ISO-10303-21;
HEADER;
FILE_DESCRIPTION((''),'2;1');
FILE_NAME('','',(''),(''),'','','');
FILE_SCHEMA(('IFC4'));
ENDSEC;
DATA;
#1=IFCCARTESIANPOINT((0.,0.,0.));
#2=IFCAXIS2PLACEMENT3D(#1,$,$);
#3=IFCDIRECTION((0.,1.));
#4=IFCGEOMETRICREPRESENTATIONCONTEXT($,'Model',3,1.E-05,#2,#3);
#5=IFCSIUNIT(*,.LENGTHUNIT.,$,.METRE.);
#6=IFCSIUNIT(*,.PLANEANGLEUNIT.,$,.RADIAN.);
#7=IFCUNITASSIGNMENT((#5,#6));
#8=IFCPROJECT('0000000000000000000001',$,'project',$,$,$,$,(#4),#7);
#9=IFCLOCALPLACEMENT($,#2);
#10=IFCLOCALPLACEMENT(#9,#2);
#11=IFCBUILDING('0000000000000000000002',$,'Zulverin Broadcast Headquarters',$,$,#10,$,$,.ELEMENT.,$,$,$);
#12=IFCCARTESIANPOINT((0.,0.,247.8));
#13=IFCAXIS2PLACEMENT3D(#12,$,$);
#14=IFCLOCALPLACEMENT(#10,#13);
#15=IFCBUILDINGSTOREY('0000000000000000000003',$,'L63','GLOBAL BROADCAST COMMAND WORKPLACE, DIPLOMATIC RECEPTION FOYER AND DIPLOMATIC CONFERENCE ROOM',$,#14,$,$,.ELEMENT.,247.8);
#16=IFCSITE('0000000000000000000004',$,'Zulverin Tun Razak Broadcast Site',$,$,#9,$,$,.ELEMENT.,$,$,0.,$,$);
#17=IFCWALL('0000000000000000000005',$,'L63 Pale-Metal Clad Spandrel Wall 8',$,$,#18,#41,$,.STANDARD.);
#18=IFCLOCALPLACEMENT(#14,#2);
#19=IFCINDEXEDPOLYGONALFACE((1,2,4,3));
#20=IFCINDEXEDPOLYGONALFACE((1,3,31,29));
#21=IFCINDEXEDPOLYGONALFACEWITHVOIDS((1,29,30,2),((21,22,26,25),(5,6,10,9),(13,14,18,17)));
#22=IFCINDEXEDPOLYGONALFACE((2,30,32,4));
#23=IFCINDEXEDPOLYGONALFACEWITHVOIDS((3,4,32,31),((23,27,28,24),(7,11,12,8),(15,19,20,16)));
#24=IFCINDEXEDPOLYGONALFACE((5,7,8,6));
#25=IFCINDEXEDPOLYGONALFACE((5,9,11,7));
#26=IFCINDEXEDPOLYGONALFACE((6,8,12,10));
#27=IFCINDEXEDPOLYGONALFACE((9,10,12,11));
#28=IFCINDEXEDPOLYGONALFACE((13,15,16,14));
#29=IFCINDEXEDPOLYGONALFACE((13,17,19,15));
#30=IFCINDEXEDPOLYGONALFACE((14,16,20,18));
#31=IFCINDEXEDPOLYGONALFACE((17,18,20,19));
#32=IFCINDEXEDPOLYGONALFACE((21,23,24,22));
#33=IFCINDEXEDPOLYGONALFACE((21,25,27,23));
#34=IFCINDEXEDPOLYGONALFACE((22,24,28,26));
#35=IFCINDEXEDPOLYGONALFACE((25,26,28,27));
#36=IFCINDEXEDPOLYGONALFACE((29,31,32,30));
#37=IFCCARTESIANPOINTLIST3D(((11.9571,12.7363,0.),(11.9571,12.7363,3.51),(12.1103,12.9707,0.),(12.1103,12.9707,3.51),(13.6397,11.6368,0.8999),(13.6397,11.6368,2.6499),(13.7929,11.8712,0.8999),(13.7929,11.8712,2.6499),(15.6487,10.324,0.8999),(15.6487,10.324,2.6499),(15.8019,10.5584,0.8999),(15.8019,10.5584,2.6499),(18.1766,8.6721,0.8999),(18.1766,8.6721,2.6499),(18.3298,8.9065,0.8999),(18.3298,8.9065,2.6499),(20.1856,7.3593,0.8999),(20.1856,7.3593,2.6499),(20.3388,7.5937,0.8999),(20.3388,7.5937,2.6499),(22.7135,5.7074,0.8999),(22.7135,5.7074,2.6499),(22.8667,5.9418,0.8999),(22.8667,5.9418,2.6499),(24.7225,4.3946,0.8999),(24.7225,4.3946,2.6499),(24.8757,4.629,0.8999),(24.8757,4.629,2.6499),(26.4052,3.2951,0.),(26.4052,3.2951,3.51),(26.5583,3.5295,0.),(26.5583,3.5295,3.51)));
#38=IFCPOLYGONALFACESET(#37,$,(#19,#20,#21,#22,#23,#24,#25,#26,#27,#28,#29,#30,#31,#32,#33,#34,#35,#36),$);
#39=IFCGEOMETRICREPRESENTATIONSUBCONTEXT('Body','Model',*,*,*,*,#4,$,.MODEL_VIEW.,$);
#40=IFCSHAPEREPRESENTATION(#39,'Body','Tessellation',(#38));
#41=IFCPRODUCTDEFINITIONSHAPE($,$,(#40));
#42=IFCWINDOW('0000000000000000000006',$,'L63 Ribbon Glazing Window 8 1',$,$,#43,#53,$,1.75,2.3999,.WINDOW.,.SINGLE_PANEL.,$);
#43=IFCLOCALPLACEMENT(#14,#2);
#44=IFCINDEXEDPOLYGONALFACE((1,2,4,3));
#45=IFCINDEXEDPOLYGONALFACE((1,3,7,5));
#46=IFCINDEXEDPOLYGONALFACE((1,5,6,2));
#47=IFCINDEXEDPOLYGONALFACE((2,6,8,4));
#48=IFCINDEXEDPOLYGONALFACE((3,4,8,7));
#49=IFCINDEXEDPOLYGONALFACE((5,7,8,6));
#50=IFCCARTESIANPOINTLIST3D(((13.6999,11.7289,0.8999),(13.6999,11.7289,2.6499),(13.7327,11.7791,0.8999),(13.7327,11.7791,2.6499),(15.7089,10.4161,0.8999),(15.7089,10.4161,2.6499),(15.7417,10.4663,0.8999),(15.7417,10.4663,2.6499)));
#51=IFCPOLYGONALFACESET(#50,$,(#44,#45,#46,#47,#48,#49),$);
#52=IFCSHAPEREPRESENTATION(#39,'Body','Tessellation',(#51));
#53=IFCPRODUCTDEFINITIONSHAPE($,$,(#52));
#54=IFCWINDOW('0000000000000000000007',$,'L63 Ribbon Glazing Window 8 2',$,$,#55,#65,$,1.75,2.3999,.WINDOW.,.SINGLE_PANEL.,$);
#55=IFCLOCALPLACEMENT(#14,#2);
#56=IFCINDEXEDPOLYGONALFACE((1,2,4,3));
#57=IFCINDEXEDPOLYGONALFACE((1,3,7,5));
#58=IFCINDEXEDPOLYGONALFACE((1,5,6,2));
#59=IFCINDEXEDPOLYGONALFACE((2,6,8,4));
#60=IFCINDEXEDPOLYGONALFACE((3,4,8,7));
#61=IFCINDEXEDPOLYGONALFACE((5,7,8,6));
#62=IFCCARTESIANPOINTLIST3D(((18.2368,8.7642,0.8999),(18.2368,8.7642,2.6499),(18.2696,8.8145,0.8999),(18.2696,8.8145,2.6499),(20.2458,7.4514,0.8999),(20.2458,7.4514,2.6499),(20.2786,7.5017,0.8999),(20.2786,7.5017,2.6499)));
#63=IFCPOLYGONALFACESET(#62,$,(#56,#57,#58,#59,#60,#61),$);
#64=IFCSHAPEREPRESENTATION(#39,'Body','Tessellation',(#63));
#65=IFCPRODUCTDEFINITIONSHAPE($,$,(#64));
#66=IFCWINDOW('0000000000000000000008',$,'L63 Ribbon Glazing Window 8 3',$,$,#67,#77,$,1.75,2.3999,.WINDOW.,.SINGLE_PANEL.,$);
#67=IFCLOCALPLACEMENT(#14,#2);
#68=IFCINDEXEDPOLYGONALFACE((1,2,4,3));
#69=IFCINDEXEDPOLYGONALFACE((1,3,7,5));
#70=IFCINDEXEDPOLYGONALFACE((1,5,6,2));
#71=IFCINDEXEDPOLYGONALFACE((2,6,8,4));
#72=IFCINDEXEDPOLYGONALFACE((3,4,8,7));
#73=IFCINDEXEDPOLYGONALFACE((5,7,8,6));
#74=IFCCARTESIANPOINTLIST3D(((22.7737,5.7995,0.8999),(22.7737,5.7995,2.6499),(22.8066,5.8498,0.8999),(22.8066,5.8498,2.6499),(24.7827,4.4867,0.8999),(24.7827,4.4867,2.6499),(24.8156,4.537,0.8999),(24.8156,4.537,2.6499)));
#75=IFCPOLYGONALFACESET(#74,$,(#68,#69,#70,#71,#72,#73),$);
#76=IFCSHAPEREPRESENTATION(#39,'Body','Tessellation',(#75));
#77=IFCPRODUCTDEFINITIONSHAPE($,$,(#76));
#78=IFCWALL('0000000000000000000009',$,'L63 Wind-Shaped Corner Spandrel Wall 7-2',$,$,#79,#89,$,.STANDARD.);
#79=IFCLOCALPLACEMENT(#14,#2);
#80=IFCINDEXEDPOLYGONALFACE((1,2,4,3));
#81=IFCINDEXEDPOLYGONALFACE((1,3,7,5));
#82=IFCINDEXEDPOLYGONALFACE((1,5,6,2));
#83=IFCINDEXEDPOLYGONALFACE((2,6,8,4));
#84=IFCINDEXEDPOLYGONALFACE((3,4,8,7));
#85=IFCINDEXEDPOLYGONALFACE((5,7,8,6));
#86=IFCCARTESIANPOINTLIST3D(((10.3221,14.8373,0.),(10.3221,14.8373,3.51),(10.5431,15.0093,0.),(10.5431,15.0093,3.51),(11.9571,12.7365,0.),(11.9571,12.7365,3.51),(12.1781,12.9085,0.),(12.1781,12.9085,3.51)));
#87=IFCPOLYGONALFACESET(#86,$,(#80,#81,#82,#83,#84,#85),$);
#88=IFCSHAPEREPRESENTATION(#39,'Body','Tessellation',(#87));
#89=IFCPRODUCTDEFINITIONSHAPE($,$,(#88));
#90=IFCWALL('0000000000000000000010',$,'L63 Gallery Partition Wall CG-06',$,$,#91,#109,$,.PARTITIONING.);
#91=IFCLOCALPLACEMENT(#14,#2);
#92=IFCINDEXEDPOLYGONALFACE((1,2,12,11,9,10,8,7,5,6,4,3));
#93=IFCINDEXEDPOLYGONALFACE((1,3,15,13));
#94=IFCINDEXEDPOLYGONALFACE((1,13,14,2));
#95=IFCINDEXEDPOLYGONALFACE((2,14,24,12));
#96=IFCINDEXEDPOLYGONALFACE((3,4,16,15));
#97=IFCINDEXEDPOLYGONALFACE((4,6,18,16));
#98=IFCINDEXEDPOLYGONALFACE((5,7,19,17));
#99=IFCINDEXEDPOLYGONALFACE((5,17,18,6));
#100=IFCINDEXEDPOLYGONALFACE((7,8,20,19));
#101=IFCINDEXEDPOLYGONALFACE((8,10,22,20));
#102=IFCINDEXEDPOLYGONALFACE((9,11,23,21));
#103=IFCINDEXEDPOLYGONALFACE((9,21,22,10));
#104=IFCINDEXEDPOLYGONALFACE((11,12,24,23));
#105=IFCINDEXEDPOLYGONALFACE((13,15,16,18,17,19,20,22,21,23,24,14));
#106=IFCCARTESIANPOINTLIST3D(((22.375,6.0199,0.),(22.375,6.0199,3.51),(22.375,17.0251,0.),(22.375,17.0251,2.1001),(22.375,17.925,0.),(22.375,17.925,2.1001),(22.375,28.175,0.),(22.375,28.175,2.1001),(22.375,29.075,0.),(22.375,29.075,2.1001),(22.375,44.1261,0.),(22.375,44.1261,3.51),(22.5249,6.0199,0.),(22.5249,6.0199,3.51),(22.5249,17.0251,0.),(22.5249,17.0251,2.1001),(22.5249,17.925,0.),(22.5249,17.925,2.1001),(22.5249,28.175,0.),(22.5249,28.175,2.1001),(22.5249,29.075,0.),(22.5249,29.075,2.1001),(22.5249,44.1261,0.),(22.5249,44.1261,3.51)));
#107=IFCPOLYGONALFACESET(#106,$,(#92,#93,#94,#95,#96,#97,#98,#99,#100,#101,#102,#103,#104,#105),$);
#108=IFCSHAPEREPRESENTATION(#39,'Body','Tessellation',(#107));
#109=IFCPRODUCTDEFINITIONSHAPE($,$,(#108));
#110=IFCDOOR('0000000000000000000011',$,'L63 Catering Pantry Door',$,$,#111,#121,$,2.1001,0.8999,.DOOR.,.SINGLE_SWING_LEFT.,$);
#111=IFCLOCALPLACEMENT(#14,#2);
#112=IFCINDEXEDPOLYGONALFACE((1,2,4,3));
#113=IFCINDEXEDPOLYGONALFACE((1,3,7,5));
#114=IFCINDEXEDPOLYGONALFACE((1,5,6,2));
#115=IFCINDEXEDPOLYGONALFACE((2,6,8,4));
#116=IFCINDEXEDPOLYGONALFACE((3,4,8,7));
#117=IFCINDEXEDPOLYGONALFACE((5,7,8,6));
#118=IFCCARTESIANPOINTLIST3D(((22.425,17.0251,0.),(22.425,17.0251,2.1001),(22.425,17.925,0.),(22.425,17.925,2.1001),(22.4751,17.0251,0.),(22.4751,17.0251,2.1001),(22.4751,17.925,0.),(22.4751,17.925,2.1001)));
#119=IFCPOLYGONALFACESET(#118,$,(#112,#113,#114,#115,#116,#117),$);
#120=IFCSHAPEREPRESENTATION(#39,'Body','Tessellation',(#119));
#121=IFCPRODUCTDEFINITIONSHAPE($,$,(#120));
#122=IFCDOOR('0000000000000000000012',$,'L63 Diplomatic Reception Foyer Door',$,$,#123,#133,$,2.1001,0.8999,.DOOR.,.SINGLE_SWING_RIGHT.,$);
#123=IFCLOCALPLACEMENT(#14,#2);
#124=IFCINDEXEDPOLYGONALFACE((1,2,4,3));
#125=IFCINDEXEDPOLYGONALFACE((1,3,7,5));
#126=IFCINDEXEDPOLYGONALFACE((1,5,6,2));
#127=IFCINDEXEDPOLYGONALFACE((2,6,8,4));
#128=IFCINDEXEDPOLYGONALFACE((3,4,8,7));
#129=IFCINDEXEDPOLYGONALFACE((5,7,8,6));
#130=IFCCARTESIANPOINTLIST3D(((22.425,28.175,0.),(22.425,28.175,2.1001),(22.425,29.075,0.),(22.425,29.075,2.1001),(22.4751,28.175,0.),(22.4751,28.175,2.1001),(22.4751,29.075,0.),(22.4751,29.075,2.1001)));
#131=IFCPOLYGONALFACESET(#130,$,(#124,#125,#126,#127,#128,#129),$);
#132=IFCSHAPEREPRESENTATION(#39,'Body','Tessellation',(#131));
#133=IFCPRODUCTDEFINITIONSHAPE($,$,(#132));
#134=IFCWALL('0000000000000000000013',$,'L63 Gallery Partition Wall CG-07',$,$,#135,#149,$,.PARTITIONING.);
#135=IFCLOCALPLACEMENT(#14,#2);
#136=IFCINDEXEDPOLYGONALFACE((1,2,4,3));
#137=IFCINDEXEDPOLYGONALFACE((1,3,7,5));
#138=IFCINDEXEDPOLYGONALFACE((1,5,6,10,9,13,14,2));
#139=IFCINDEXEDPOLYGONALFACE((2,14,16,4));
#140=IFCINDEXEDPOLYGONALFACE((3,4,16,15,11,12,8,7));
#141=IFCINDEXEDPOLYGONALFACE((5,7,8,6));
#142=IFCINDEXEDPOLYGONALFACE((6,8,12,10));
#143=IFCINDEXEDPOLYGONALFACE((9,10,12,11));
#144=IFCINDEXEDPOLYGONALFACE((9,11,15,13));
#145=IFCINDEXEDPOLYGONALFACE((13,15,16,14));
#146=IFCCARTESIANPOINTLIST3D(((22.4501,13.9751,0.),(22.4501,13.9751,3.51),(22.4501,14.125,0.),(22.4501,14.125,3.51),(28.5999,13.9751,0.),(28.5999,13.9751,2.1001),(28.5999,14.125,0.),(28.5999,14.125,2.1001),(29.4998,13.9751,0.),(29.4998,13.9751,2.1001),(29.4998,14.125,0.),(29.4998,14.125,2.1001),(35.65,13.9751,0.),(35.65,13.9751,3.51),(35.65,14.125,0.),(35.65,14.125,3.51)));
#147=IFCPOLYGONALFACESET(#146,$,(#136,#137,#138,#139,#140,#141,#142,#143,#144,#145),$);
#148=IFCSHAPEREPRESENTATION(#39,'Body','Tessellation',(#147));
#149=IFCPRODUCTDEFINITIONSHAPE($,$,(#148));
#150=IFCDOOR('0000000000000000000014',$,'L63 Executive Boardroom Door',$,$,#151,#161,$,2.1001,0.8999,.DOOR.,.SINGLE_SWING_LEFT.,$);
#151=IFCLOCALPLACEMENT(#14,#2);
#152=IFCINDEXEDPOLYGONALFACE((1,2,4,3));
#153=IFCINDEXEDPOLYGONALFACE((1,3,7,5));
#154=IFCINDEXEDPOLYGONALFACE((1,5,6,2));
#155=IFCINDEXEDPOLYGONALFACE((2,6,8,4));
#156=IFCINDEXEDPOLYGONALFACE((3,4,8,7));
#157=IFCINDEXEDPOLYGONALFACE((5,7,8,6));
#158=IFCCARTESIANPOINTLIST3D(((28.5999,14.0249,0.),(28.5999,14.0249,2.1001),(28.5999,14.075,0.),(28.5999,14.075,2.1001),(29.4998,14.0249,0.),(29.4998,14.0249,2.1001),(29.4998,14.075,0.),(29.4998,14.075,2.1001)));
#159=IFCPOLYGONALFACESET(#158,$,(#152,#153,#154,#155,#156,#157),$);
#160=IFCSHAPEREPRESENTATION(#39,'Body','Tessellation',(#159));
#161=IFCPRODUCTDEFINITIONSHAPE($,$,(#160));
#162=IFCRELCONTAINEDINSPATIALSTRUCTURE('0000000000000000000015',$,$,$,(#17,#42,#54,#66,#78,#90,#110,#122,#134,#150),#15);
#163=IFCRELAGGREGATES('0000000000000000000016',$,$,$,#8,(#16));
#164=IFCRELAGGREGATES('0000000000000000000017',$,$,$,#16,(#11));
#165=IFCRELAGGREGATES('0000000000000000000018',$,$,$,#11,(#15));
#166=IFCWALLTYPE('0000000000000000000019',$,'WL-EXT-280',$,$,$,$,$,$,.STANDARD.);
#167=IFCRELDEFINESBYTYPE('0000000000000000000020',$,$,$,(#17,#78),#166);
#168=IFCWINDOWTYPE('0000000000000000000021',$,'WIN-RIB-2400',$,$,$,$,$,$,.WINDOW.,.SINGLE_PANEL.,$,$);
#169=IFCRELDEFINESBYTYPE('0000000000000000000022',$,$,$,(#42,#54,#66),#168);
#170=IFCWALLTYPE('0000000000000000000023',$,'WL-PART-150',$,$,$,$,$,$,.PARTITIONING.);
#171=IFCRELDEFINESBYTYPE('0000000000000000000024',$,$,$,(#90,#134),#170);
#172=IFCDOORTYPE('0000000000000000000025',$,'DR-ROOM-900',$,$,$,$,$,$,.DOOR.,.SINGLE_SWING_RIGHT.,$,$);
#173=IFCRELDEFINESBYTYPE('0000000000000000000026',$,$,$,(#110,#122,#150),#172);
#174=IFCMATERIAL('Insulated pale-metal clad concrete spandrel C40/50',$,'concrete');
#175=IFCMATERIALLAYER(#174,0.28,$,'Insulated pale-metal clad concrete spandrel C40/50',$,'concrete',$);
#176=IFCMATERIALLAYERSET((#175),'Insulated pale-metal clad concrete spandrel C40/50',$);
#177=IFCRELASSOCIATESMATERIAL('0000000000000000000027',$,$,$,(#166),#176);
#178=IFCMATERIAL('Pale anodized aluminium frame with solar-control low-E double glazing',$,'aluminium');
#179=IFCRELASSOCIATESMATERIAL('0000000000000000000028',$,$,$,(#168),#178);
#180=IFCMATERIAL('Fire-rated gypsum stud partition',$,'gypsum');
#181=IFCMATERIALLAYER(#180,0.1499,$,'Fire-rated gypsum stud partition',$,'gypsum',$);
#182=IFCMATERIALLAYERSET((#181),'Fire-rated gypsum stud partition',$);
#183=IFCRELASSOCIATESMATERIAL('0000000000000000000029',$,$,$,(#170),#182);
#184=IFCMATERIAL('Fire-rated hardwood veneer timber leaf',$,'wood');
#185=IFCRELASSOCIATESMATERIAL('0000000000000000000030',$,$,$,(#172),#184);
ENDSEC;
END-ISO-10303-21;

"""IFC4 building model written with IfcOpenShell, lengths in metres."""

from ifc_helpers import new_model, si_unit, direction, frame, frame_2d, origin, place, context, subcontext, project, spatial, rectangle, extrude, material, layer, layer_set, type_object, element, fill, save


model = new_model("IFC4")

# Units and contexts
model_context = context("Model", 3, precision=1e-05, world=origin(), true_north=direction((0.0, 1.0)))
body_context = subcontext(model_context, "Body", "Model", "MODEL_VIEW")
ifc_project = project(units=[si_unit("LENGTHUNIT", "METRE"), si_unit("PLANEANGLEUNIT", "RADIAN")], contexts=[model_context])

# Site, building, storey
site_placement = place(None, origin())
site = spatial("IfcSite", under=ifc_project, at=site_placement, Name="Zulverin Tun Razak Broadcast Site", CompositionType="ELEMENT", RefElevation=0.0)
building_placement = place(site_placement, origin())
building = spatial("IfcBuilding", under=site, at=building_placement, Name="Zulverin Broadcast Headquarters", CompositionType="ELEMENT")
storey_placement = place(building_placement, frame((0.0, 0.0, 247.8)))
storey = spatial("IfcBuildingStorey", under=building, at=storey_placement, Name="L63", Description="GLOBAL BROADCAST COMMAND WORKPLACE, DIPLOMATIC RECEPTION FOYER AND DIPLOMATIC CONFERENCE ROOM", CompositionType="ELEMENT", Elevation=247.8)

# Wall, openings, windows
ifc_material_1 = material(Name="Insulated pale-metal clad concrete spandrel C40/50", Category="concrete")
ifc_layer_1 = layer(ifc_material_1, 0.28, Name="Insulated pale-metal clad concrete spandrel C40/50", Category="concrete")
ifc_layer_set_1 = layer_set([ifc_layer_1], Name="Insulated pale-metal clad concrete spandrel C40/50")
wall_type_1 = type_object("IfcWallType", Name="WL-EXT-280", PredefinedType="STANDARD", material=ifc_layer_set_1)
wall_1_placement = place(storey_placement, frame((12.0337, 12.8535, 0.0), z_axis=(0.0, 0.0, 1.0), x_axis=(0.837118, -0.547022, 0.0)))
wall_1 = element("IfcWall", 1, at=wall_1_placement, inside=storey, type_object=wall_type_1, Name="L63 Pale-Metal Clad Spandrel Wall 8", PredefinedType="STANDARD", context=body_context, shape_type="SweptSolid", body=[
    extrude(rectangle(XDim=17.2593, YDim=0.28, at=frame_2d((8.6296, 0.0))), origin(), (0.0, 0.0, 1.0), 3.51),
])
opening_1_placement = place(wall_1_placement, frame((2.01, 0.0, 0.8999)))
opening_1 = element("IfcOpeningElement", 2, at=opening_1_placement, cuts=wall_1, PredefinedType="OPENING", context=body_context, shape_type="SweptSolid", body=[
    extrude(rectangle(XDim=2.3999, YDim=1.75, at=frame_2d((1.2, 0.875))), frame((0.0, 0.1499, 0.0), z_axis=(0.0, -1.0, 0.0), x_axis=(1.0, 0.0, 0.0)), (0.0, 0.0, 1.0), 0.3),
])
opening_2_placement = place(wall_1_placement, frame((7.4297, 0.0, 0.8999)))
opening_2 = element("IfcOpeningElement", 3, at=opening_2_placement, cuts=wall_1, PredefinedType="OPENING", context=body_context, shape_type="SweptSolid", body=[
    extrude(rectangle(XDim=2.3999, YDim=1.75, at=frame_2d((1.2, 0.875))), frame((0.0, 0.1499, 0.0), z_axis=(0.0, -1.0, 0.0), x_axis=(1.0, 0.0, 0.0)), (0.0, 0.0, 1.0), 0.3),
])
opening_3_placement = place(wall_1_placement, frame((12.8494, 0.0, 0.8999)))
opening_3 = element("IfcOpeningElement", 4, at=opening_3_placement, cuts=wall_1, PredefinedType="OPENING", context=body_context, shape_type="SweptSolid", body=[
    extrude(rectangle(XDim=2.3999, YDim=1.75, at=frame_2d((1.2, 0.875))), frame((0.0, 0.1499, 0.0), z_axis=(0.0, -1.0, 0.0), x_axis=(1.0, 0.0, 0.0)), (0.0, 0.0, 1.0), 0.3),
])
ifc_material_2 = material(Name="Pale anodized aluminium frame with solar-control low-E double glazing", Category="aluminium")
window_type = type_object("IfcWindowType", Name="WIN-RIB-2400", PartitioningType="SINGLE_PANEL", PredefinedType="WINDOW", material=ifc_material_2)
window_1_placement = place(opening_1_placement, origin())
window_1 = element("IfcWindow", 5, at=window_1_placement, inside=storey, type_object=window_type, Name="L63 Ribbon Glazing Window 8 1", OverallHeight=1.75, OverallWidth=2.3999, PartitioningType="SINGLE_PANEL", PredefinedType="WINDOW", context=body_context, shape_type="SweptSolid", body=[
    extrude(rectangle(XDim=2.3999, YDim=1.75, at=frame_2d((1.2, 0.875))), frame((0.0, 0.03, 0.0), z_axis=(0.0, -1.0, 0.0), x_axis=(1.0, 0.0, 0.0)), (0.0, 0.0, 1.0), 0.0601),
])
fill(opening_1, window_1)
window_2_placement = place(opening_2_placement, origin())
window_2 = element("IfcWindow", 6, at=window_2_placement, inside=storey, type_object=window_type, Name="L63 Ribbon Glazing Window 8 2", OverallHeight=1.75, OverallWidth=2.3999, PartitioningType="SINGLE_PANEL", PredefinedType="WINDOW", context=body_context, shape_type="SweptSolid", body=[
    extrude(rectangle(XDim=2.3999, YDim=1.75, at=frame_2d((1.2, 0.875))), frame((0.0, 0.03, 0.0), z_axis=(0.0, -1.0, 0.0), x_axis=(1.0, 0.0, 0.0)), (0.0, 0.0, 1.0), 0.0601),
])
fill(opening_2, window_2)
window_3_placement = place(opening_3_placement, origin())
window_3 = element("IfcWindow", 7, at=window_3_placement, inside=storey, type_object=window_type, Name="L63 Ribbon Glazing Window 8 3", OverallHeight=1.75, OverallWidth=2.3999, PartitioningType="SINGLE_PANEL", PredefinedType="WINDOW", context=body_context, shape_type="SweptSolid", body=[
    extrude(rectangle(XDim=2.3999, YDim=1.75, at=frame_2d((1.2, 0.875))), frame((0.0, 0.03, 0.0), z_axis=(0.0, -1.0, 0.0), x_axis=(1.0, 0.0, 0.0)), (0.0, 0.0, 1.0), 0.0601),
])
fill(opening_3, window_3)

# Wall
wall_2_placement = place(storey_placement, frame((10.4326, 14.9233, 0.0), z_axis=(0.0, 0.0, 1.0), x_axis=(0.614182, -0.789165, 0.0)))
element("IfcWall", 8, at=wall_2_placement, inside=storey, type_object=wall_type_1, Name="L63 Wind-Shaped Corner Spandrel Wall 7-2", PredefinedType="STANDARD", context=body_context, shape_type="SweptSolid", body=[
    extrude(rectangle(XDim=2.6621, YDim=0.28, at=frame_2d((1.3311, 0.0))), origin(), (0.0, 0.0, 1.0), 3.51),
])

# Wall, openings, doors
ifc_material_3 = material(Name="Fire-rated gypsum stud partition", Category="gypsum")
ifc_layer_2 = layer(ifc_material_3, 0.1499, Name="Fire-rated gypsum stud partition", Category="gypsum")
ifc_layer_set_2 = layer_set([ifc_layer_2], Name="Fire-rated gypsum stud partition")
wall_type_2 = type_object("IfcWallType", Name="WL-PART-150", PredefinedType="PARTITIONING", material=ifc_layer_set_2)
wall_3_placement = place(storey_placement, frame((22.45, 6.0198, 0.0), z_axis=(0.0, 0.0, 1.0), x_axis=(0.0, 1.0, 0.0)))
wall_3 = element("IfcWall", 9, at=wall_3_placement, inside=storey, type_object=wall_type_2, Name="L63 Gallery Partition Wall CG-06", PredefinedType="PARTITIONING", context=body_context, shape_type="SweptSolid", body=[
    extrude(rectangle(XDim=38.1062, YDim=0.1499, at=frame_2d((19.0532, 0.0))), origin(), (0.0, 0.0, 1.0), 3.51),
])
opening_4_placement = place(wall_3_placement, frame((11.0054, 0.0, 0.0)))
opening_4 = element("IfcOpeningElement", 10, at=opening_4_placement, cuts=wall_3, PredefinedType="OPENING", context=body_context, shape_type="SweptSolid", body=[
    extrude(rectangle(XDim=0.8999, YDim=2.1001, at=frame_2d((0.45, 1.05))), frame((0.0, 0.085, 0.0), z_axis=(0.0, -1.0, 0.0), x_axis=(1.0, 0.0, 0.0)), (0.0, 0.0, 1.0), 0.1699),
])
opening_5_placement = place(wall_3_placement, frame((22.1553, 0.0, 0.0)))
opening_5 = element("IfcOpeningElement", 11, at=opening_5_placement, cuts=wall_3, PredefinedType="OPENING", context=body_context, shape_type="SweptSolid", body=[
    extrude(rectangle(XDim=0.8999, YDim=2.1001, at=frame_2d((0.45, 1.05))), frame((0.0, 0.085, 0.0), z_axis=(0.0, -1.0, 0.0), x_axis=(1.0, 0.0, 0.0)), (0.0, 0.0, 1.0), 0.1699),
])
ifc_material_4 = material(Name="Fire-rated hardwood veneer timber leaf", Category="wood")
door_type_1 = type_object("IfcDoorType", Name="DR-ROOM-900", OperationType="SINGLE_SWING_RIGHT", PredefinedType="DOOR", material=ifc_material_4)
door_1_placement = place(opening_4_placement, origin())
door_1 = element("IfcDoor", 12, at=door_1_placement, inside=storey, type_object=door_type_1, Name="L63 Catering Pantry Door", OperationType="SINGLE_SWING_LEFT", OverallHeight=2.1001, OverallWidth=0.8999, PredefinedType="DOOR", context=body_context, shape_type="SweptSolid", body=[
    extrude(rectangle(XDim=0.8999, YDim=2.1001, at=frame_2d((0.45, 1.05))), frame((0.0, 0.0249, 0.0), z_axis=(0.0, -1.0, 0.0), x_axis=(1.0, 0.0, 0.0)), (0.0, 0.0, 1.0), 0.05),
])
fill(opening_4, door_1)
door_2_placement = place(opening_5_placement, origin())
door_2 = element("IfcDoor", 13, at=door_2_placement, inside=storey, type_object=door_type_1, Name="L63 Diplomatic Reception Foyer Door", OperationType="SINGLE_SWING_RIGHT", OverallHeight=2.1001, OverallWidth=0.8999, PredefinedType="DOOR", context=body_context, shape_type="SweptSolid", body=[
    extrude(rectangle(XDim=0.8999, YDim=2.1001, at=frame_2d((0.45, 1.05))), frame((0.0, 0.0249, 0.0), z_axis=(0.0, -1.0, 0.0), x_axis=(1.0, 0.0, 0.0)), (0.0, 0.0, 1.0), 0.05),
])
fill(opening_5, door_2)

# Wall, opening, door
wall_4_placement = place(storey_placement, frame((22.45, 14.05, 0.0), z_axis=(0.0, 0.0, 1.0), x_axis=(1.0, 0.0, 0.0)))
wall_4 = element("IfcWall", 14, at=wall_4_placement, inside=storey, type_object=wall_type_2, Name="L63 Gallery Partition Wall CG-07", PredefinedType="PARTITIONING", context=body_context, shape_type="SweptSolid", body=[
    extrude(rectangle(XDim=13.2, YDim=0.1499, at=frame_2d((6.6001, 0.0))), origin(), (0.0, 0.0, 1.0), 3.51),
])
opening_6_placement = place(wall_4_placement, frame((6.1499, 0.0, 0.0)))
opening_6 = element("IfcOpeningElement", 15, at=opening_6_placement, cuts=wall_4, PredefinedType="OPENING", context=body_context, shape_type="SweptSolid", body=[
    extrude(rectangle(XDim=0.8999, YDim=2.1001, at=frame_2d((0.45, 1.05))), frame((0.0, 0.085, 0.0), z_axis=(0.0, -1.0, 0.0), x_axis=(1.0, 0.0, 0.0)), (0.0, 0.0, 1.0), 0.1699),
])
door_3_placement = place(opening_6_placement, origin())
door_3 = element("IfcDoor", 16, at=door_3_placement, inside=storey, type_object=door_type_1, Name="L63 Executive Boardroom Door", OperationType="SINGLE_SWING_LEFT", OverallHeight=2.1001, OverallWidth=0.8999, PredefinedType="DOOR", context=body_context, shape_type="SweptSolid", body=[
    extrude(rectangle(XDim=0.8999, YDim=2.1001, at=frame_2d((0.45, 1.05))), frame((0.0, 0.0249, 0.0), z_axis=(0.0, -1.0, 0.0), x_axis=(1.0, 0.0, 0.0)), (0.0, 0.0, 1.0), 0.05),
])
fill(opening_6, door_3)

save(model, "model.ifc")
